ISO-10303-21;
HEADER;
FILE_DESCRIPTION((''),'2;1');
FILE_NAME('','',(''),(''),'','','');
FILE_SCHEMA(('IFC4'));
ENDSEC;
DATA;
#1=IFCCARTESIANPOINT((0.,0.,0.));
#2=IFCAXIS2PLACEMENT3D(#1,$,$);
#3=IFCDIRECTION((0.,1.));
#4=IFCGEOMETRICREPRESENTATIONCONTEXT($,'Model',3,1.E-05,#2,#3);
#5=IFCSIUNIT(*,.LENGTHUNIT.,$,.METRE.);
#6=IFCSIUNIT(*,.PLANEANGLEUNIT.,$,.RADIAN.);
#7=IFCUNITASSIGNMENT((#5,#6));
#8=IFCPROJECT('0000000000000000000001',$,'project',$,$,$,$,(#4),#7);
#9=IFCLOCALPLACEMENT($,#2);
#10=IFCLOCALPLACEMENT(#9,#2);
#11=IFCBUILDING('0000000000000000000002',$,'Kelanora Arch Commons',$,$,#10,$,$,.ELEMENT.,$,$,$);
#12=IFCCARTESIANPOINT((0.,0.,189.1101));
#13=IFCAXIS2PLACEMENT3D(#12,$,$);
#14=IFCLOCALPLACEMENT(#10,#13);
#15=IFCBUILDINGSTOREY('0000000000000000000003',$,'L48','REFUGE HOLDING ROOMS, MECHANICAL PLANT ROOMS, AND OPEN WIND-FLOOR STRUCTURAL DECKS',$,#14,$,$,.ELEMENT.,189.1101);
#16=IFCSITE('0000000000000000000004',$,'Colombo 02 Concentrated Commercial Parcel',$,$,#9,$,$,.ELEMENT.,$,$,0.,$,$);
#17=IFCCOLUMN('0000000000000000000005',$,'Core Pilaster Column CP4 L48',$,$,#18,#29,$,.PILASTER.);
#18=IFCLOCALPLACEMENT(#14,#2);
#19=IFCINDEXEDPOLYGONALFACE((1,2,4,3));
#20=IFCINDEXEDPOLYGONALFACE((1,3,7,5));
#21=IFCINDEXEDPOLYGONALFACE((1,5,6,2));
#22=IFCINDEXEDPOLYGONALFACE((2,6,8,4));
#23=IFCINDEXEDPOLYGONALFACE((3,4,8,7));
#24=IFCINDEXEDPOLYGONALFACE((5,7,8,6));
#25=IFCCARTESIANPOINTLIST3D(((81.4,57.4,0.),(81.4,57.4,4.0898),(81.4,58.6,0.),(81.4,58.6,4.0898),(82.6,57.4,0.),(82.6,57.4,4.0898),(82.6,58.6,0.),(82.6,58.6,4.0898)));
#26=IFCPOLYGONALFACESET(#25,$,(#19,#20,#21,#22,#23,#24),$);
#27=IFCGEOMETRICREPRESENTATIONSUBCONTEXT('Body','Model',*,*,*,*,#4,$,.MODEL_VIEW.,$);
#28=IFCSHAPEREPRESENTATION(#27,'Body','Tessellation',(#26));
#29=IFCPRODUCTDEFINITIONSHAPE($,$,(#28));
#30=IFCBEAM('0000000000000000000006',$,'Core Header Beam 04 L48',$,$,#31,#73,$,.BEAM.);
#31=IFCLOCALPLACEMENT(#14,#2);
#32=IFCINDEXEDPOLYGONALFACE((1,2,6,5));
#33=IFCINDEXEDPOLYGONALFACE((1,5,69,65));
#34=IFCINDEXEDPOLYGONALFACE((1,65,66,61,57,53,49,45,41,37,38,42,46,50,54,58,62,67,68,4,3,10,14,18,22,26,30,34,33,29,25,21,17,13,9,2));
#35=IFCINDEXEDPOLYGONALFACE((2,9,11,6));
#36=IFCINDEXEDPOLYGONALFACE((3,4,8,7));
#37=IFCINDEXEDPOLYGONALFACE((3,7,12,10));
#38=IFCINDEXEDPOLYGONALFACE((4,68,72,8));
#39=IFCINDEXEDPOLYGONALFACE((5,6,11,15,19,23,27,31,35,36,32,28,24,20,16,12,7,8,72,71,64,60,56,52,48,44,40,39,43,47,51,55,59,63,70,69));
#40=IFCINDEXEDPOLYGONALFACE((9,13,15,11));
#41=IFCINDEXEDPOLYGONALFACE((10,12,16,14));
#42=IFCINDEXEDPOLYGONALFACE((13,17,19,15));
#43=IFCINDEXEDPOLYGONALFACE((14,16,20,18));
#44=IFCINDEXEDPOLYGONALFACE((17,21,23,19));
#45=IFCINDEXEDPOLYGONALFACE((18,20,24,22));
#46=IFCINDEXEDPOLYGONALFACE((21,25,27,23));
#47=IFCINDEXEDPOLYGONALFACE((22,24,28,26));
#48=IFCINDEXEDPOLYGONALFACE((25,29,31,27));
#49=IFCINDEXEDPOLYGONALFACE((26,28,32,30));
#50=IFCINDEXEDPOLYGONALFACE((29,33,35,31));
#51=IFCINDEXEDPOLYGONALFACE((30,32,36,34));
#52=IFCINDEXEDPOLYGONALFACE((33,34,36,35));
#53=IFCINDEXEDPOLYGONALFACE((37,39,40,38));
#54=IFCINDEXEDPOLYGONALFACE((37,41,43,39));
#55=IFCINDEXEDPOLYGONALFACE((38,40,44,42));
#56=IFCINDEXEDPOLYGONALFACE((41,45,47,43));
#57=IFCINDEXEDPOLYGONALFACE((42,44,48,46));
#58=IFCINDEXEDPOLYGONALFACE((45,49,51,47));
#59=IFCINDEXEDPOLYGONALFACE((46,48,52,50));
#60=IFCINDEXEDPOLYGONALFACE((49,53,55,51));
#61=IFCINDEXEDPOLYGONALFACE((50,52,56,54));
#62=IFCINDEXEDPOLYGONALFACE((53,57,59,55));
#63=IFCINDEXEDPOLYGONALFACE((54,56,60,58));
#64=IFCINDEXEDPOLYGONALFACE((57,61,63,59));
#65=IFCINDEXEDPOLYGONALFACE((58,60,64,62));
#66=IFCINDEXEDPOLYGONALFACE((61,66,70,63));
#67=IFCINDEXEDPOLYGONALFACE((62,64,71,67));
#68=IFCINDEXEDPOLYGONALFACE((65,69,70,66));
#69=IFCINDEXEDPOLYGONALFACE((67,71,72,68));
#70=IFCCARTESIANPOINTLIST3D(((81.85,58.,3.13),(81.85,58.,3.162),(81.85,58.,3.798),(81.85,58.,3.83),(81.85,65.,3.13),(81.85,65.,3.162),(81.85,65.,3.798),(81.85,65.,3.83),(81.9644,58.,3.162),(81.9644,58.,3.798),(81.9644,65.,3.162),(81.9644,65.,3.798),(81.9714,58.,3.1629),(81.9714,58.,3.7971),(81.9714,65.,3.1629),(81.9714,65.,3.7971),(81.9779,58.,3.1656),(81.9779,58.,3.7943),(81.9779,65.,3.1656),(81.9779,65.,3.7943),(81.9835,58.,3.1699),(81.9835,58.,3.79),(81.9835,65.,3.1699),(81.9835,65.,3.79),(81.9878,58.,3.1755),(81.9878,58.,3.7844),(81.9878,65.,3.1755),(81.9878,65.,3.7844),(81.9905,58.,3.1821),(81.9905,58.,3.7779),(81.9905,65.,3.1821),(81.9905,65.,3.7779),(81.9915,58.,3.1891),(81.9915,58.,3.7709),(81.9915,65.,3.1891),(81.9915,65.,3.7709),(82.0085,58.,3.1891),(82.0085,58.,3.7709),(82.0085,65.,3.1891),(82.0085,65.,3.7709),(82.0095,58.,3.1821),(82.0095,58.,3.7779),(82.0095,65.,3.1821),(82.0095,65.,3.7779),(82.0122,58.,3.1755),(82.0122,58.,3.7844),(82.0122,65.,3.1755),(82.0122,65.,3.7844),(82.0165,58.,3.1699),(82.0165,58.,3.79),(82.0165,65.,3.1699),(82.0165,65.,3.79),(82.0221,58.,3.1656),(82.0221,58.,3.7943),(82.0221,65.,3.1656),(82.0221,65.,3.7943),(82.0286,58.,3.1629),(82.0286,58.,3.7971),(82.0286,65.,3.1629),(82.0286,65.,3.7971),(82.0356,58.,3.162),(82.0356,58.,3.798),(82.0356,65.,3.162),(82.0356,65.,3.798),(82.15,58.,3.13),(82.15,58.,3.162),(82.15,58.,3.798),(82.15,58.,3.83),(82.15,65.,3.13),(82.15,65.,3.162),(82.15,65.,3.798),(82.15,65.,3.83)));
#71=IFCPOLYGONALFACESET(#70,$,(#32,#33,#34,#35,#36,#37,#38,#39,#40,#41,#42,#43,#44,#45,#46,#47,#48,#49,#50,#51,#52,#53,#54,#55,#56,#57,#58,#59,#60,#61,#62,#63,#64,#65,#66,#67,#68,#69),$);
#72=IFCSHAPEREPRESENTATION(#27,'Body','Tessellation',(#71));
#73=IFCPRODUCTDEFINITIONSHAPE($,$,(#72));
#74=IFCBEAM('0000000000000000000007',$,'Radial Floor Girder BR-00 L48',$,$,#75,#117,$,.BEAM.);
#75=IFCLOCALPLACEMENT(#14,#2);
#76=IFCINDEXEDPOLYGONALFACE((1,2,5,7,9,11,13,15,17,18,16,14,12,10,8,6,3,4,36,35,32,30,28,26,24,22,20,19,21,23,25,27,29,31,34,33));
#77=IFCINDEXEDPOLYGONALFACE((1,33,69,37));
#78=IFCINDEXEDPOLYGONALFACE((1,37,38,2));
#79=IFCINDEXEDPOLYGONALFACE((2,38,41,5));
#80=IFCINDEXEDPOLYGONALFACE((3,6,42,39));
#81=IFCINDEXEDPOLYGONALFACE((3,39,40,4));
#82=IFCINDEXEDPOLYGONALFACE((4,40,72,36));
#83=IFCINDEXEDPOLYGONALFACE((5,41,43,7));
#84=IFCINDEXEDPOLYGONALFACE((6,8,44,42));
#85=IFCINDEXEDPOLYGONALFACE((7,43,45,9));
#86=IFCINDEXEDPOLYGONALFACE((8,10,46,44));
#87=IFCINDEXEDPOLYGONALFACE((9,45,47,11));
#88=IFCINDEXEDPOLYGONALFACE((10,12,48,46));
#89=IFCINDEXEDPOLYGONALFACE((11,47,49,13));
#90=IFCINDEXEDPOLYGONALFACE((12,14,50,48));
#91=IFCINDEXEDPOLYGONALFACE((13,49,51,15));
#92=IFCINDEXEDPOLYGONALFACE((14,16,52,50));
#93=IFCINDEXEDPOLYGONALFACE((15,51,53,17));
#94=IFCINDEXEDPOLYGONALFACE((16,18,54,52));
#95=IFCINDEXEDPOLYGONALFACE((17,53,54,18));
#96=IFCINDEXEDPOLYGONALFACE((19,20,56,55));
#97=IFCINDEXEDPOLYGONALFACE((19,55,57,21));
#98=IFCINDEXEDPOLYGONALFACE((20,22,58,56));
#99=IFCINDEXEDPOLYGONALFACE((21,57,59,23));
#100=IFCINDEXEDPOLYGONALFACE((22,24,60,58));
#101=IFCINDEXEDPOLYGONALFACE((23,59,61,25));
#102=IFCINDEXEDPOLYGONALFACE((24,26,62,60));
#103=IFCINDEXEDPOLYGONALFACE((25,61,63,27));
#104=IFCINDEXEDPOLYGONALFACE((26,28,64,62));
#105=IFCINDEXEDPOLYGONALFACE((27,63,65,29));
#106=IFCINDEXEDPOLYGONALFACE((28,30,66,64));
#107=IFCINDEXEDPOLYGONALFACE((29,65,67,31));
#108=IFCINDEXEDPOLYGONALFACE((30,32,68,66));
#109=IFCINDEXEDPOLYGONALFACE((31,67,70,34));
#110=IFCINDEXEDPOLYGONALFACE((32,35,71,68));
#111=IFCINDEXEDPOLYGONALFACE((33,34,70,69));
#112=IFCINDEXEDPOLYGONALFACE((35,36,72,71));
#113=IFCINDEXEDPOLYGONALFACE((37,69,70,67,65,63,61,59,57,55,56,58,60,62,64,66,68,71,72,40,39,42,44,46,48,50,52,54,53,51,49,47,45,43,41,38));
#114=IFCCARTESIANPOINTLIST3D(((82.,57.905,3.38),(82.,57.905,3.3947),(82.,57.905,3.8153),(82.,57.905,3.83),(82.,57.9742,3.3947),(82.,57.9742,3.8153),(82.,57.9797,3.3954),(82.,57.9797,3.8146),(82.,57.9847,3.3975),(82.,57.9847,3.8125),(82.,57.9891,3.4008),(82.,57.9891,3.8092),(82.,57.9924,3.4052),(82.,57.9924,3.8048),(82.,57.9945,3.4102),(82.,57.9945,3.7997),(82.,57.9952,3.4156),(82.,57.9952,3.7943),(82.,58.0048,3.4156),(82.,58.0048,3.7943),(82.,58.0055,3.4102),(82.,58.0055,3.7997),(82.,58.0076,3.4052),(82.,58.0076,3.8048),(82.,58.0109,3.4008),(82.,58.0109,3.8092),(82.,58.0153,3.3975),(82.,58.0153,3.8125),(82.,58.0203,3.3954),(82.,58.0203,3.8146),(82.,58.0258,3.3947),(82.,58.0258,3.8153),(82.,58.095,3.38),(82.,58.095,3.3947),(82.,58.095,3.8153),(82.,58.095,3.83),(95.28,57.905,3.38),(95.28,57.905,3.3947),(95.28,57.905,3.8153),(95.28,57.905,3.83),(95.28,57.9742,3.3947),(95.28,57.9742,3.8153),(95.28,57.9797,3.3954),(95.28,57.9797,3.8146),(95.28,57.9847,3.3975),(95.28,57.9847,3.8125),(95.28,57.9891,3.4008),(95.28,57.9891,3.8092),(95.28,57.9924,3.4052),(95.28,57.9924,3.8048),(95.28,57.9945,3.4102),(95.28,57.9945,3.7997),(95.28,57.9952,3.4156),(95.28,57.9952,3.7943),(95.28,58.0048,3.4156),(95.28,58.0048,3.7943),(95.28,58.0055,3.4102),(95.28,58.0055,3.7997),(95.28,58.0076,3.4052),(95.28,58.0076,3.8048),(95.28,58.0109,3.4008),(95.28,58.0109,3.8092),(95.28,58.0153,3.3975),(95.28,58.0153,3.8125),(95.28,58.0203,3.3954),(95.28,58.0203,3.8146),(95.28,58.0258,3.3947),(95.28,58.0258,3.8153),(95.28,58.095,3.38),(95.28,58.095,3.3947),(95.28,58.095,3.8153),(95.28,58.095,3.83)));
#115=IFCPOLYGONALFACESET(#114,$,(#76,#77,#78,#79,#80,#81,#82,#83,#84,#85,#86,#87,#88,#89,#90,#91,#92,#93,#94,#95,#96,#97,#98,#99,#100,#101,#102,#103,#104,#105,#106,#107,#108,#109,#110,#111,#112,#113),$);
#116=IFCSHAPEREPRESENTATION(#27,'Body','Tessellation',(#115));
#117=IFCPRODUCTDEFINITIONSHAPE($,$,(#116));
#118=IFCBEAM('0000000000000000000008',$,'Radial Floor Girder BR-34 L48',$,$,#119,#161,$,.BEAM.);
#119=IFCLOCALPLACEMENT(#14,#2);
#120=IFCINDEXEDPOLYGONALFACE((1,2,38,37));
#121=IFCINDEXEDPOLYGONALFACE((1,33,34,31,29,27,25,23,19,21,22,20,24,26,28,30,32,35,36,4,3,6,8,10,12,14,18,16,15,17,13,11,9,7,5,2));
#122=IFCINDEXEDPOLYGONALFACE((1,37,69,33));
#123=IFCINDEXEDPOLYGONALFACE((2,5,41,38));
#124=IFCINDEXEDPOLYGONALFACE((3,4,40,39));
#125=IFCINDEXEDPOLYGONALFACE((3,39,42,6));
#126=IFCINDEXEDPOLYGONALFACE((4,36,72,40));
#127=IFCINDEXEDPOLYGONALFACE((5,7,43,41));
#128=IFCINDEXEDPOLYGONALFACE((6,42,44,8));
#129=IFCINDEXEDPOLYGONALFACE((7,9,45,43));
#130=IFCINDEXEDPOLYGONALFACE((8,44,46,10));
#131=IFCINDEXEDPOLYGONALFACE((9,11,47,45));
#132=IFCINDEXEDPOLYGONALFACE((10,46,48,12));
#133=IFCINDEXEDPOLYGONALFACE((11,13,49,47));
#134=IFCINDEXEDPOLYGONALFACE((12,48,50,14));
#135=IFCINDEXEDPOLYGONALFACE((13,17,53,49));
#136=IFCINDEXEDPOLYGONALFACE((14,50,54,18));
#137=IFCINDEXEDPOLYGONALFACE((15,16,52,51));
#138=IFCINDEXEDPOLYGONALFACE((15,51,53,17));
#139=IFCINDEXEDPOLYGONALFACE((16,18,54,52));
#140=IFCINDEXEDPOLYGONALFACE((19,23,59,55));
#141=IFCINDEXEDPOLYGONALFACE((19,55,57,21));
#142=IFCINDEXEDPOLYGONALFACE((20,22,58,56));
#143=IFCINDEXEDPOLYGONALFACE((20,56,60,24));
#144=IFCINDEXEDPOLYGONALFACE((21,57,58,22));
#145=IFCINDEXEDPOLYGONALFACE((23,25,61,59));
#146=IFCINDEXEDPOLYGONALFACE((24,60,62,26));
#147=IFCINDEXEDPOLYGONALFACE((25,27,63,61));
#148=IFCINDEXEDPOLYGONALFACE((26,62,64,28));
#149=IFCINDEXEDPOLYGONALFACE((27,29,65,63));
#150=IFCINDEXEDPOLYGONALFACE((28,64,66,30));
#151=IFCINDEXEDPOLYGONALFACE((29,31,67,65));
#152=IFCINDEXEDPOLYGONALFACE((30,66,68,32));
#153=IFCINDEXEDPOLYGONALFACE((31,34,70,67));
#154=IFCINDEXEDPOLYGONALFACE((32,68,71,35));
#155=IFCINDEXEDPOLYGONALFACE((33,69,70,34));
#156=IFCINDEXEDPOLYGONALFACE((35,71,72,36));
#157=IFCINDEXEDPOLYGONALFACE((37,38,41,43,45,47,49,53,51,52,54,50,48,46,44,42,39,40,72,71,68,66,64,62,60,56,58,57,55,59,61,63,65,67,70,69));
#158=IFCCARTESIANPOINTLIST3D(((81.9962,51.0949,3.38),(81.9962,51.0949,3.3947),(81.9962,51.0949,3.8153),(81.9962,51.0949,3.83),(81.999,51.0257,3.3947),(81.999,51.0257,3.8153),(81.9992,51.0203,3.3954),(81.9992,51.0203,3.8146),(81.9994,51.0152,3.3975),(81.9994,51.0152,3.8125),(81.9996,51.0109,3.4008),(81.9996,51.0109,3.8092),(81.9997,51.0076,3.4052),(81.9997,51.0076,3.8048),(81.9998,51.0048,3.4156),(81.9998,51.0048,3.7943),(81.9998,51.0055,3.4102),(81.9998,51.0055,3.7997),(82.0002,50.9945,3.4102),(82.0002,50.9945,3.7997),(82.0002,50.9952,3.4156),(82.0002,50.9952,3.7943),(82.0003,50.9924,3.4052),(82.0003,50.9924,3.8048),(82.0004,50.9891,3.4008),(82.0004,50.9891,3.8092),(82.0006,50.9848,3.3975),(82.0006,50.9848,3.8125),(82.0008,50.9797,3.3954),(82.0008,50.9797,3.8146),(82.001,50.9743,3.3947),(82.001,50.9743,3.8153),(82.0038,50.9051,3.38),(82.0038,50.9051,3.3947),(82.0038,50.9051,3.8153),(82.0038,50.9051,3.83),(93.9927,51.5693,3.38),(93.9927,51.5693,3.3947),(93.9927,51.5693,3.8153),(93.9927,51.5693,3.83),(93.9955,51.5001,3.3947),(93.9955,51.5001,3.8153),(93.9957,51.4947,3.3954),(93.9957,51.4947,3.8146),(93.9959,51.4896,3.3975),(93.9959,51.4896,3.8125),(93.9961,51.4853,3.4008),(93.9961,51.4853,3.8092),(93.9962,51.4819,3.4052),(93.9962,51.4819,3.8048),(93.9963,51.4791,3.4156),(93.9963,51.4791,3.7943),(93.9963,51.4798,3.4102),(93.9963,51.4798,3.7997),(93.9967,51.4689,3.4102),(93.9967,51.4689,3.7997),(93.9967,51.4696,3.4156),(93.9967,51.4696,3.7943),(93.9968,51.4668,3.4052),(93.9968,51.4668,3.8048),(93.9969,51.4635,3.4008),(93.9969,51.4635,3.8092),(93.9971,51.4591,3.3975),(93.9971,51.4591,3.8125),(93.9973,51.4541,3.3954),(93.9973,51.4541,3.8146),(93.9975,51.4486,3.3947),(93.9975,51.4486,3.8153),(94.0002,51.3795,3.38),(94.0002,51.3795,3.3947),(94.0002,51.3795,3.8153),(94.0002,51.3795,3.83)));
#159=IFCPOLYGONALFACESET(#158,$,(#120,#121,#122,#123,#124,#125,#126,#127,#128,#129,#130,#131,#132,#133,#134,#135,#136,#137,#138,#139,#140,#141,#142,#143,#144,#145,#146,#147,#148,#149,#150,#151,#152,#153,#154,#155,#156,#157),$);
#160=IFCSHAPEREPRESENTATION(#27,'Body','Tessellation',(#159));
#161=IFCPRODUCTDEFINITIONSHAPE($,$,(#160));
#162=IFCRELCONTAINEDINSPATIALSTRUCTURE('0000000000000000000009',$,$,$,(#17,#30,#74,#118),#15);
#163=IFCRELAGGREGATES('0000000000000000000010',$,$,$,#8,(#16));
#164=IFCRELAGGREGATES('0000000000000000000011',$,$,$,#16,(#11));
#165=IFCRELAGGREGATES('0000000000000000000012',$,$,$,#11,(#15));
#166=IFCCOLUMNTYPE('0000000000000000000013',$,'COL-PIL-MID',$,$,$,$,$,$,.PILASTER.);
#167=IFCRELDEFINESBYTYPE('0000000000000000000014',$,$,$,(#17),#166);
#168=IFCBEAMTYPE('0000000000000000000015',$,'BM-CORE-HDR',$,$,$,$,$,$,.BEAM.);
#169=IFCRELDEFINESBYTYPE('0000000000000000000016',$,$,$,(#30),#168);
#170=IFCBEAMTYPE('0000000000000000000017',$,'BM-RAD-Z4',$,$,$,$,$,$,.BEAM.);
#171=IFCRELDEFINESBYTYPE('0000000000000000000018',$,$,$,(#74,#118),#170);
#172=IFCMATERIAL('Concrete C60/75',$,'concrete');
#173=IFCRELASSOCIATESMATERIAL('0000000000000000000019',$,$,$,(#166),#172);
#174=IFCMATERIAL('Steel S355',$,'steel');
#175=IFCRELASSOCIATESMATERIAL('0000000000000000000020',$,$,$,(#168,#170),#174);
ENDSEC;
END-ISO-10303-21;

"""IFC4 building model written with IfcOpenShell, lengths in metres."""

from ifc_helpers import new_model, si_unit, direction, frame, origin, origin_2d, place, context, subcontext, project, spatial, rectangle, i_section, extrude, material, material_profile, profile_set, type_object, element, save


model = new_model("IFC4")

# Units and contexts
model_context = context("Model", 3, precision=1e-05, world=origin(), true_north=direction((0.0, 1.0)))
body_context = subcontext(model_context, "Body", "Model", "MODEL_VIEW")
ifc_project = project(units=[si_unit("LENGTHUNIT", "METRE"), si_unit("PLANEANGLEUNIT", "RADIAN")], contexts=[model_context])

# Site, building, storey
site_placement = place(None, origin())
site = spatial("IfcSite", under=ifc_project, at=site_placement, Name="Colombo 02 Concentrated Commercial Parcel", CompositionType="ELEMENT", RefElevation=0.0)
building_placement = place(site_placement, origin())
building = spatial("IfcBuilding", under=site, at=building_placement, Name="Kelanora Arch Commons", CompositionType="ELEMENT")
storey_placement = place(building_placement, frame((0.0, 0.0, 189.1101)))
storey = spatial("IfcBuildingStorey", under=building, at=storey_placement, Name="L48", Description="REFUGE HOLDING ROOMS, MECHANICAL PLANT ROOMS, AND OPEN WIND-FLOOR STRUCTURAL DECKS", CompositionType="ELEMENT", Elevation=189.1101)

# Column
ifc_material_1 = material(Name="Concrete C60/75", Category="concrete")
ifc_material_profile_1 = material_profile(ifc_material_1, rectangle(XDim=1.2, YDim=1.2, at=origin_2d()), Name="RC1200x1200")
ifc_profile_set_1 = profile_set([ifc_material_profile_1], Name="Concrete C60/75")
column_type = type_object("IfcColumnType", Name="COL-PIL-MID", PredefinedType="PILASTER", material=ifc_profile_set_1)
column_placement = place(storey_placement, frame((82.0, 58.0, 0.0), z_axis=(0.0, 0.0, 1.0), x_axis=(1.0, 0.0, 0.0)))
element("IfcColumn", 1, at=column_placement, inside=storey, type_object=column_type, Name="Core Pilaster Column CP4 L48", PredefinedType="PILASTER", context=body_context, shape_type="SweptSolid", body=[
    extrude(rectangle(XDim=1.2, YDim=1.2, at=origin_2d()), origin(), (0.0, 0.0, 1.0), 4.0898),
])

# Beams
ifc_material_2 = material(Name="Steel S355", Category="steel")
ifc_material_profile_2 = material_profile(ifc_material_2, i_section(OverallWidth=0.3, OverallDepth=0.7, WebThickness=0.0171, FlangeThickness=0.032, FilletRadius=0.0271, at=origin_2d()), Name="HEB700")
ifc_profile_set_2 = profile_set([ifc_material_profile_2], Name="Steel S355")
beam_type_1 = type_object("IfcBeamType", Name="BM-CORE-HDR", PredefinedType="BEAM", material=ifc_profile_set_2)
beam_1_placement = place(storey_placement, frame((82.0, 58.0, 3.48), z_axis=(0.0, 1.0, 0.0), x_axis=(-1.0, 0.0, 0.0)))
element("IfcBeam", 2, at=beam_1_placement, inside=storey, type_object=beam_type_1, Name="Core Header Beam 04 L48", PredefinedType="BEAM", context=body_context, shape_type="SweptSolid", body=[
    extrude(i_section(OverallWidth=0.3, OverallDepth=0.7, WebThickness=0.0171, FlangeThickness=0.032, FilletRadius=0.0271, at=origin_2d()), origin(), (0.0, 0.0, 1.0), 7.0),
])
ifc_material_profile_3 = material_profile(ifc_material_2, i_section(OverallWidth=0.1899, OverallDepth=0.45, WebThickness=0.0095, FlangeThickness=0.0146, FilletRadius=0.021, at=origin_2d()), Name="IPE450")
ifc_profile_set_3 = profile_set([ifc_material_profile_3], Name="Steel S355")
beam_type_2 = type_object("IfcBeamType", Name="BM-RAD-Z4", PredefinedType="BEAM", material=ifc_profile_set_3)
beam_2_placement = place(storey_placement, frame((82.0, 58.0, 3.605), z_axis=(1.0, 0.0, 0.0), x_axis=(0.0, 1.0, 0.0)))
element("IfcBeam", 3, at=beam_2_placement, inside=storey, type_object=beam_type_2, Name="Radial Floor Girder BR-00 L48", PredefinedType="BEAM", context=body_context, shape_type="SweptSolid", body=[
    extrude(i_section(OverallWidth=0.1899, OverallDepth=0.45, WebThickness=0.0095, FlangeThickness=0.0146, FilletRadius=0.021, at=origin_2d()), origin(), (0.0, 0.0, 1.0), 13.28),
])
beam_3_placement = place(storey_placement, frame((82.0, 51.0, 3.605), z_axis=(0.999219, 0.039511, 0.0), x_axis=(-0.039511, 0.999219, 0.0)))
element("IfcBeam", 4, at=beam_3_placement, inside=storey, type_object=beam_type_2, Name="Radial Floor Girder BR-34 L48", PredefinedType="BEAM", context=body_context, shape_type="SweptSolid", body=[
    extrude(i_section(OverallWidth=0.1899, OverallDepth=0.45, WebThickness=0.0095, FlangeThickness=0.0146, FilletRadius=0.021, at=origin_2d()), origin(), (0.0, 0.0, 1.0), 12.0059),
])

save(model, "model.ifc")
